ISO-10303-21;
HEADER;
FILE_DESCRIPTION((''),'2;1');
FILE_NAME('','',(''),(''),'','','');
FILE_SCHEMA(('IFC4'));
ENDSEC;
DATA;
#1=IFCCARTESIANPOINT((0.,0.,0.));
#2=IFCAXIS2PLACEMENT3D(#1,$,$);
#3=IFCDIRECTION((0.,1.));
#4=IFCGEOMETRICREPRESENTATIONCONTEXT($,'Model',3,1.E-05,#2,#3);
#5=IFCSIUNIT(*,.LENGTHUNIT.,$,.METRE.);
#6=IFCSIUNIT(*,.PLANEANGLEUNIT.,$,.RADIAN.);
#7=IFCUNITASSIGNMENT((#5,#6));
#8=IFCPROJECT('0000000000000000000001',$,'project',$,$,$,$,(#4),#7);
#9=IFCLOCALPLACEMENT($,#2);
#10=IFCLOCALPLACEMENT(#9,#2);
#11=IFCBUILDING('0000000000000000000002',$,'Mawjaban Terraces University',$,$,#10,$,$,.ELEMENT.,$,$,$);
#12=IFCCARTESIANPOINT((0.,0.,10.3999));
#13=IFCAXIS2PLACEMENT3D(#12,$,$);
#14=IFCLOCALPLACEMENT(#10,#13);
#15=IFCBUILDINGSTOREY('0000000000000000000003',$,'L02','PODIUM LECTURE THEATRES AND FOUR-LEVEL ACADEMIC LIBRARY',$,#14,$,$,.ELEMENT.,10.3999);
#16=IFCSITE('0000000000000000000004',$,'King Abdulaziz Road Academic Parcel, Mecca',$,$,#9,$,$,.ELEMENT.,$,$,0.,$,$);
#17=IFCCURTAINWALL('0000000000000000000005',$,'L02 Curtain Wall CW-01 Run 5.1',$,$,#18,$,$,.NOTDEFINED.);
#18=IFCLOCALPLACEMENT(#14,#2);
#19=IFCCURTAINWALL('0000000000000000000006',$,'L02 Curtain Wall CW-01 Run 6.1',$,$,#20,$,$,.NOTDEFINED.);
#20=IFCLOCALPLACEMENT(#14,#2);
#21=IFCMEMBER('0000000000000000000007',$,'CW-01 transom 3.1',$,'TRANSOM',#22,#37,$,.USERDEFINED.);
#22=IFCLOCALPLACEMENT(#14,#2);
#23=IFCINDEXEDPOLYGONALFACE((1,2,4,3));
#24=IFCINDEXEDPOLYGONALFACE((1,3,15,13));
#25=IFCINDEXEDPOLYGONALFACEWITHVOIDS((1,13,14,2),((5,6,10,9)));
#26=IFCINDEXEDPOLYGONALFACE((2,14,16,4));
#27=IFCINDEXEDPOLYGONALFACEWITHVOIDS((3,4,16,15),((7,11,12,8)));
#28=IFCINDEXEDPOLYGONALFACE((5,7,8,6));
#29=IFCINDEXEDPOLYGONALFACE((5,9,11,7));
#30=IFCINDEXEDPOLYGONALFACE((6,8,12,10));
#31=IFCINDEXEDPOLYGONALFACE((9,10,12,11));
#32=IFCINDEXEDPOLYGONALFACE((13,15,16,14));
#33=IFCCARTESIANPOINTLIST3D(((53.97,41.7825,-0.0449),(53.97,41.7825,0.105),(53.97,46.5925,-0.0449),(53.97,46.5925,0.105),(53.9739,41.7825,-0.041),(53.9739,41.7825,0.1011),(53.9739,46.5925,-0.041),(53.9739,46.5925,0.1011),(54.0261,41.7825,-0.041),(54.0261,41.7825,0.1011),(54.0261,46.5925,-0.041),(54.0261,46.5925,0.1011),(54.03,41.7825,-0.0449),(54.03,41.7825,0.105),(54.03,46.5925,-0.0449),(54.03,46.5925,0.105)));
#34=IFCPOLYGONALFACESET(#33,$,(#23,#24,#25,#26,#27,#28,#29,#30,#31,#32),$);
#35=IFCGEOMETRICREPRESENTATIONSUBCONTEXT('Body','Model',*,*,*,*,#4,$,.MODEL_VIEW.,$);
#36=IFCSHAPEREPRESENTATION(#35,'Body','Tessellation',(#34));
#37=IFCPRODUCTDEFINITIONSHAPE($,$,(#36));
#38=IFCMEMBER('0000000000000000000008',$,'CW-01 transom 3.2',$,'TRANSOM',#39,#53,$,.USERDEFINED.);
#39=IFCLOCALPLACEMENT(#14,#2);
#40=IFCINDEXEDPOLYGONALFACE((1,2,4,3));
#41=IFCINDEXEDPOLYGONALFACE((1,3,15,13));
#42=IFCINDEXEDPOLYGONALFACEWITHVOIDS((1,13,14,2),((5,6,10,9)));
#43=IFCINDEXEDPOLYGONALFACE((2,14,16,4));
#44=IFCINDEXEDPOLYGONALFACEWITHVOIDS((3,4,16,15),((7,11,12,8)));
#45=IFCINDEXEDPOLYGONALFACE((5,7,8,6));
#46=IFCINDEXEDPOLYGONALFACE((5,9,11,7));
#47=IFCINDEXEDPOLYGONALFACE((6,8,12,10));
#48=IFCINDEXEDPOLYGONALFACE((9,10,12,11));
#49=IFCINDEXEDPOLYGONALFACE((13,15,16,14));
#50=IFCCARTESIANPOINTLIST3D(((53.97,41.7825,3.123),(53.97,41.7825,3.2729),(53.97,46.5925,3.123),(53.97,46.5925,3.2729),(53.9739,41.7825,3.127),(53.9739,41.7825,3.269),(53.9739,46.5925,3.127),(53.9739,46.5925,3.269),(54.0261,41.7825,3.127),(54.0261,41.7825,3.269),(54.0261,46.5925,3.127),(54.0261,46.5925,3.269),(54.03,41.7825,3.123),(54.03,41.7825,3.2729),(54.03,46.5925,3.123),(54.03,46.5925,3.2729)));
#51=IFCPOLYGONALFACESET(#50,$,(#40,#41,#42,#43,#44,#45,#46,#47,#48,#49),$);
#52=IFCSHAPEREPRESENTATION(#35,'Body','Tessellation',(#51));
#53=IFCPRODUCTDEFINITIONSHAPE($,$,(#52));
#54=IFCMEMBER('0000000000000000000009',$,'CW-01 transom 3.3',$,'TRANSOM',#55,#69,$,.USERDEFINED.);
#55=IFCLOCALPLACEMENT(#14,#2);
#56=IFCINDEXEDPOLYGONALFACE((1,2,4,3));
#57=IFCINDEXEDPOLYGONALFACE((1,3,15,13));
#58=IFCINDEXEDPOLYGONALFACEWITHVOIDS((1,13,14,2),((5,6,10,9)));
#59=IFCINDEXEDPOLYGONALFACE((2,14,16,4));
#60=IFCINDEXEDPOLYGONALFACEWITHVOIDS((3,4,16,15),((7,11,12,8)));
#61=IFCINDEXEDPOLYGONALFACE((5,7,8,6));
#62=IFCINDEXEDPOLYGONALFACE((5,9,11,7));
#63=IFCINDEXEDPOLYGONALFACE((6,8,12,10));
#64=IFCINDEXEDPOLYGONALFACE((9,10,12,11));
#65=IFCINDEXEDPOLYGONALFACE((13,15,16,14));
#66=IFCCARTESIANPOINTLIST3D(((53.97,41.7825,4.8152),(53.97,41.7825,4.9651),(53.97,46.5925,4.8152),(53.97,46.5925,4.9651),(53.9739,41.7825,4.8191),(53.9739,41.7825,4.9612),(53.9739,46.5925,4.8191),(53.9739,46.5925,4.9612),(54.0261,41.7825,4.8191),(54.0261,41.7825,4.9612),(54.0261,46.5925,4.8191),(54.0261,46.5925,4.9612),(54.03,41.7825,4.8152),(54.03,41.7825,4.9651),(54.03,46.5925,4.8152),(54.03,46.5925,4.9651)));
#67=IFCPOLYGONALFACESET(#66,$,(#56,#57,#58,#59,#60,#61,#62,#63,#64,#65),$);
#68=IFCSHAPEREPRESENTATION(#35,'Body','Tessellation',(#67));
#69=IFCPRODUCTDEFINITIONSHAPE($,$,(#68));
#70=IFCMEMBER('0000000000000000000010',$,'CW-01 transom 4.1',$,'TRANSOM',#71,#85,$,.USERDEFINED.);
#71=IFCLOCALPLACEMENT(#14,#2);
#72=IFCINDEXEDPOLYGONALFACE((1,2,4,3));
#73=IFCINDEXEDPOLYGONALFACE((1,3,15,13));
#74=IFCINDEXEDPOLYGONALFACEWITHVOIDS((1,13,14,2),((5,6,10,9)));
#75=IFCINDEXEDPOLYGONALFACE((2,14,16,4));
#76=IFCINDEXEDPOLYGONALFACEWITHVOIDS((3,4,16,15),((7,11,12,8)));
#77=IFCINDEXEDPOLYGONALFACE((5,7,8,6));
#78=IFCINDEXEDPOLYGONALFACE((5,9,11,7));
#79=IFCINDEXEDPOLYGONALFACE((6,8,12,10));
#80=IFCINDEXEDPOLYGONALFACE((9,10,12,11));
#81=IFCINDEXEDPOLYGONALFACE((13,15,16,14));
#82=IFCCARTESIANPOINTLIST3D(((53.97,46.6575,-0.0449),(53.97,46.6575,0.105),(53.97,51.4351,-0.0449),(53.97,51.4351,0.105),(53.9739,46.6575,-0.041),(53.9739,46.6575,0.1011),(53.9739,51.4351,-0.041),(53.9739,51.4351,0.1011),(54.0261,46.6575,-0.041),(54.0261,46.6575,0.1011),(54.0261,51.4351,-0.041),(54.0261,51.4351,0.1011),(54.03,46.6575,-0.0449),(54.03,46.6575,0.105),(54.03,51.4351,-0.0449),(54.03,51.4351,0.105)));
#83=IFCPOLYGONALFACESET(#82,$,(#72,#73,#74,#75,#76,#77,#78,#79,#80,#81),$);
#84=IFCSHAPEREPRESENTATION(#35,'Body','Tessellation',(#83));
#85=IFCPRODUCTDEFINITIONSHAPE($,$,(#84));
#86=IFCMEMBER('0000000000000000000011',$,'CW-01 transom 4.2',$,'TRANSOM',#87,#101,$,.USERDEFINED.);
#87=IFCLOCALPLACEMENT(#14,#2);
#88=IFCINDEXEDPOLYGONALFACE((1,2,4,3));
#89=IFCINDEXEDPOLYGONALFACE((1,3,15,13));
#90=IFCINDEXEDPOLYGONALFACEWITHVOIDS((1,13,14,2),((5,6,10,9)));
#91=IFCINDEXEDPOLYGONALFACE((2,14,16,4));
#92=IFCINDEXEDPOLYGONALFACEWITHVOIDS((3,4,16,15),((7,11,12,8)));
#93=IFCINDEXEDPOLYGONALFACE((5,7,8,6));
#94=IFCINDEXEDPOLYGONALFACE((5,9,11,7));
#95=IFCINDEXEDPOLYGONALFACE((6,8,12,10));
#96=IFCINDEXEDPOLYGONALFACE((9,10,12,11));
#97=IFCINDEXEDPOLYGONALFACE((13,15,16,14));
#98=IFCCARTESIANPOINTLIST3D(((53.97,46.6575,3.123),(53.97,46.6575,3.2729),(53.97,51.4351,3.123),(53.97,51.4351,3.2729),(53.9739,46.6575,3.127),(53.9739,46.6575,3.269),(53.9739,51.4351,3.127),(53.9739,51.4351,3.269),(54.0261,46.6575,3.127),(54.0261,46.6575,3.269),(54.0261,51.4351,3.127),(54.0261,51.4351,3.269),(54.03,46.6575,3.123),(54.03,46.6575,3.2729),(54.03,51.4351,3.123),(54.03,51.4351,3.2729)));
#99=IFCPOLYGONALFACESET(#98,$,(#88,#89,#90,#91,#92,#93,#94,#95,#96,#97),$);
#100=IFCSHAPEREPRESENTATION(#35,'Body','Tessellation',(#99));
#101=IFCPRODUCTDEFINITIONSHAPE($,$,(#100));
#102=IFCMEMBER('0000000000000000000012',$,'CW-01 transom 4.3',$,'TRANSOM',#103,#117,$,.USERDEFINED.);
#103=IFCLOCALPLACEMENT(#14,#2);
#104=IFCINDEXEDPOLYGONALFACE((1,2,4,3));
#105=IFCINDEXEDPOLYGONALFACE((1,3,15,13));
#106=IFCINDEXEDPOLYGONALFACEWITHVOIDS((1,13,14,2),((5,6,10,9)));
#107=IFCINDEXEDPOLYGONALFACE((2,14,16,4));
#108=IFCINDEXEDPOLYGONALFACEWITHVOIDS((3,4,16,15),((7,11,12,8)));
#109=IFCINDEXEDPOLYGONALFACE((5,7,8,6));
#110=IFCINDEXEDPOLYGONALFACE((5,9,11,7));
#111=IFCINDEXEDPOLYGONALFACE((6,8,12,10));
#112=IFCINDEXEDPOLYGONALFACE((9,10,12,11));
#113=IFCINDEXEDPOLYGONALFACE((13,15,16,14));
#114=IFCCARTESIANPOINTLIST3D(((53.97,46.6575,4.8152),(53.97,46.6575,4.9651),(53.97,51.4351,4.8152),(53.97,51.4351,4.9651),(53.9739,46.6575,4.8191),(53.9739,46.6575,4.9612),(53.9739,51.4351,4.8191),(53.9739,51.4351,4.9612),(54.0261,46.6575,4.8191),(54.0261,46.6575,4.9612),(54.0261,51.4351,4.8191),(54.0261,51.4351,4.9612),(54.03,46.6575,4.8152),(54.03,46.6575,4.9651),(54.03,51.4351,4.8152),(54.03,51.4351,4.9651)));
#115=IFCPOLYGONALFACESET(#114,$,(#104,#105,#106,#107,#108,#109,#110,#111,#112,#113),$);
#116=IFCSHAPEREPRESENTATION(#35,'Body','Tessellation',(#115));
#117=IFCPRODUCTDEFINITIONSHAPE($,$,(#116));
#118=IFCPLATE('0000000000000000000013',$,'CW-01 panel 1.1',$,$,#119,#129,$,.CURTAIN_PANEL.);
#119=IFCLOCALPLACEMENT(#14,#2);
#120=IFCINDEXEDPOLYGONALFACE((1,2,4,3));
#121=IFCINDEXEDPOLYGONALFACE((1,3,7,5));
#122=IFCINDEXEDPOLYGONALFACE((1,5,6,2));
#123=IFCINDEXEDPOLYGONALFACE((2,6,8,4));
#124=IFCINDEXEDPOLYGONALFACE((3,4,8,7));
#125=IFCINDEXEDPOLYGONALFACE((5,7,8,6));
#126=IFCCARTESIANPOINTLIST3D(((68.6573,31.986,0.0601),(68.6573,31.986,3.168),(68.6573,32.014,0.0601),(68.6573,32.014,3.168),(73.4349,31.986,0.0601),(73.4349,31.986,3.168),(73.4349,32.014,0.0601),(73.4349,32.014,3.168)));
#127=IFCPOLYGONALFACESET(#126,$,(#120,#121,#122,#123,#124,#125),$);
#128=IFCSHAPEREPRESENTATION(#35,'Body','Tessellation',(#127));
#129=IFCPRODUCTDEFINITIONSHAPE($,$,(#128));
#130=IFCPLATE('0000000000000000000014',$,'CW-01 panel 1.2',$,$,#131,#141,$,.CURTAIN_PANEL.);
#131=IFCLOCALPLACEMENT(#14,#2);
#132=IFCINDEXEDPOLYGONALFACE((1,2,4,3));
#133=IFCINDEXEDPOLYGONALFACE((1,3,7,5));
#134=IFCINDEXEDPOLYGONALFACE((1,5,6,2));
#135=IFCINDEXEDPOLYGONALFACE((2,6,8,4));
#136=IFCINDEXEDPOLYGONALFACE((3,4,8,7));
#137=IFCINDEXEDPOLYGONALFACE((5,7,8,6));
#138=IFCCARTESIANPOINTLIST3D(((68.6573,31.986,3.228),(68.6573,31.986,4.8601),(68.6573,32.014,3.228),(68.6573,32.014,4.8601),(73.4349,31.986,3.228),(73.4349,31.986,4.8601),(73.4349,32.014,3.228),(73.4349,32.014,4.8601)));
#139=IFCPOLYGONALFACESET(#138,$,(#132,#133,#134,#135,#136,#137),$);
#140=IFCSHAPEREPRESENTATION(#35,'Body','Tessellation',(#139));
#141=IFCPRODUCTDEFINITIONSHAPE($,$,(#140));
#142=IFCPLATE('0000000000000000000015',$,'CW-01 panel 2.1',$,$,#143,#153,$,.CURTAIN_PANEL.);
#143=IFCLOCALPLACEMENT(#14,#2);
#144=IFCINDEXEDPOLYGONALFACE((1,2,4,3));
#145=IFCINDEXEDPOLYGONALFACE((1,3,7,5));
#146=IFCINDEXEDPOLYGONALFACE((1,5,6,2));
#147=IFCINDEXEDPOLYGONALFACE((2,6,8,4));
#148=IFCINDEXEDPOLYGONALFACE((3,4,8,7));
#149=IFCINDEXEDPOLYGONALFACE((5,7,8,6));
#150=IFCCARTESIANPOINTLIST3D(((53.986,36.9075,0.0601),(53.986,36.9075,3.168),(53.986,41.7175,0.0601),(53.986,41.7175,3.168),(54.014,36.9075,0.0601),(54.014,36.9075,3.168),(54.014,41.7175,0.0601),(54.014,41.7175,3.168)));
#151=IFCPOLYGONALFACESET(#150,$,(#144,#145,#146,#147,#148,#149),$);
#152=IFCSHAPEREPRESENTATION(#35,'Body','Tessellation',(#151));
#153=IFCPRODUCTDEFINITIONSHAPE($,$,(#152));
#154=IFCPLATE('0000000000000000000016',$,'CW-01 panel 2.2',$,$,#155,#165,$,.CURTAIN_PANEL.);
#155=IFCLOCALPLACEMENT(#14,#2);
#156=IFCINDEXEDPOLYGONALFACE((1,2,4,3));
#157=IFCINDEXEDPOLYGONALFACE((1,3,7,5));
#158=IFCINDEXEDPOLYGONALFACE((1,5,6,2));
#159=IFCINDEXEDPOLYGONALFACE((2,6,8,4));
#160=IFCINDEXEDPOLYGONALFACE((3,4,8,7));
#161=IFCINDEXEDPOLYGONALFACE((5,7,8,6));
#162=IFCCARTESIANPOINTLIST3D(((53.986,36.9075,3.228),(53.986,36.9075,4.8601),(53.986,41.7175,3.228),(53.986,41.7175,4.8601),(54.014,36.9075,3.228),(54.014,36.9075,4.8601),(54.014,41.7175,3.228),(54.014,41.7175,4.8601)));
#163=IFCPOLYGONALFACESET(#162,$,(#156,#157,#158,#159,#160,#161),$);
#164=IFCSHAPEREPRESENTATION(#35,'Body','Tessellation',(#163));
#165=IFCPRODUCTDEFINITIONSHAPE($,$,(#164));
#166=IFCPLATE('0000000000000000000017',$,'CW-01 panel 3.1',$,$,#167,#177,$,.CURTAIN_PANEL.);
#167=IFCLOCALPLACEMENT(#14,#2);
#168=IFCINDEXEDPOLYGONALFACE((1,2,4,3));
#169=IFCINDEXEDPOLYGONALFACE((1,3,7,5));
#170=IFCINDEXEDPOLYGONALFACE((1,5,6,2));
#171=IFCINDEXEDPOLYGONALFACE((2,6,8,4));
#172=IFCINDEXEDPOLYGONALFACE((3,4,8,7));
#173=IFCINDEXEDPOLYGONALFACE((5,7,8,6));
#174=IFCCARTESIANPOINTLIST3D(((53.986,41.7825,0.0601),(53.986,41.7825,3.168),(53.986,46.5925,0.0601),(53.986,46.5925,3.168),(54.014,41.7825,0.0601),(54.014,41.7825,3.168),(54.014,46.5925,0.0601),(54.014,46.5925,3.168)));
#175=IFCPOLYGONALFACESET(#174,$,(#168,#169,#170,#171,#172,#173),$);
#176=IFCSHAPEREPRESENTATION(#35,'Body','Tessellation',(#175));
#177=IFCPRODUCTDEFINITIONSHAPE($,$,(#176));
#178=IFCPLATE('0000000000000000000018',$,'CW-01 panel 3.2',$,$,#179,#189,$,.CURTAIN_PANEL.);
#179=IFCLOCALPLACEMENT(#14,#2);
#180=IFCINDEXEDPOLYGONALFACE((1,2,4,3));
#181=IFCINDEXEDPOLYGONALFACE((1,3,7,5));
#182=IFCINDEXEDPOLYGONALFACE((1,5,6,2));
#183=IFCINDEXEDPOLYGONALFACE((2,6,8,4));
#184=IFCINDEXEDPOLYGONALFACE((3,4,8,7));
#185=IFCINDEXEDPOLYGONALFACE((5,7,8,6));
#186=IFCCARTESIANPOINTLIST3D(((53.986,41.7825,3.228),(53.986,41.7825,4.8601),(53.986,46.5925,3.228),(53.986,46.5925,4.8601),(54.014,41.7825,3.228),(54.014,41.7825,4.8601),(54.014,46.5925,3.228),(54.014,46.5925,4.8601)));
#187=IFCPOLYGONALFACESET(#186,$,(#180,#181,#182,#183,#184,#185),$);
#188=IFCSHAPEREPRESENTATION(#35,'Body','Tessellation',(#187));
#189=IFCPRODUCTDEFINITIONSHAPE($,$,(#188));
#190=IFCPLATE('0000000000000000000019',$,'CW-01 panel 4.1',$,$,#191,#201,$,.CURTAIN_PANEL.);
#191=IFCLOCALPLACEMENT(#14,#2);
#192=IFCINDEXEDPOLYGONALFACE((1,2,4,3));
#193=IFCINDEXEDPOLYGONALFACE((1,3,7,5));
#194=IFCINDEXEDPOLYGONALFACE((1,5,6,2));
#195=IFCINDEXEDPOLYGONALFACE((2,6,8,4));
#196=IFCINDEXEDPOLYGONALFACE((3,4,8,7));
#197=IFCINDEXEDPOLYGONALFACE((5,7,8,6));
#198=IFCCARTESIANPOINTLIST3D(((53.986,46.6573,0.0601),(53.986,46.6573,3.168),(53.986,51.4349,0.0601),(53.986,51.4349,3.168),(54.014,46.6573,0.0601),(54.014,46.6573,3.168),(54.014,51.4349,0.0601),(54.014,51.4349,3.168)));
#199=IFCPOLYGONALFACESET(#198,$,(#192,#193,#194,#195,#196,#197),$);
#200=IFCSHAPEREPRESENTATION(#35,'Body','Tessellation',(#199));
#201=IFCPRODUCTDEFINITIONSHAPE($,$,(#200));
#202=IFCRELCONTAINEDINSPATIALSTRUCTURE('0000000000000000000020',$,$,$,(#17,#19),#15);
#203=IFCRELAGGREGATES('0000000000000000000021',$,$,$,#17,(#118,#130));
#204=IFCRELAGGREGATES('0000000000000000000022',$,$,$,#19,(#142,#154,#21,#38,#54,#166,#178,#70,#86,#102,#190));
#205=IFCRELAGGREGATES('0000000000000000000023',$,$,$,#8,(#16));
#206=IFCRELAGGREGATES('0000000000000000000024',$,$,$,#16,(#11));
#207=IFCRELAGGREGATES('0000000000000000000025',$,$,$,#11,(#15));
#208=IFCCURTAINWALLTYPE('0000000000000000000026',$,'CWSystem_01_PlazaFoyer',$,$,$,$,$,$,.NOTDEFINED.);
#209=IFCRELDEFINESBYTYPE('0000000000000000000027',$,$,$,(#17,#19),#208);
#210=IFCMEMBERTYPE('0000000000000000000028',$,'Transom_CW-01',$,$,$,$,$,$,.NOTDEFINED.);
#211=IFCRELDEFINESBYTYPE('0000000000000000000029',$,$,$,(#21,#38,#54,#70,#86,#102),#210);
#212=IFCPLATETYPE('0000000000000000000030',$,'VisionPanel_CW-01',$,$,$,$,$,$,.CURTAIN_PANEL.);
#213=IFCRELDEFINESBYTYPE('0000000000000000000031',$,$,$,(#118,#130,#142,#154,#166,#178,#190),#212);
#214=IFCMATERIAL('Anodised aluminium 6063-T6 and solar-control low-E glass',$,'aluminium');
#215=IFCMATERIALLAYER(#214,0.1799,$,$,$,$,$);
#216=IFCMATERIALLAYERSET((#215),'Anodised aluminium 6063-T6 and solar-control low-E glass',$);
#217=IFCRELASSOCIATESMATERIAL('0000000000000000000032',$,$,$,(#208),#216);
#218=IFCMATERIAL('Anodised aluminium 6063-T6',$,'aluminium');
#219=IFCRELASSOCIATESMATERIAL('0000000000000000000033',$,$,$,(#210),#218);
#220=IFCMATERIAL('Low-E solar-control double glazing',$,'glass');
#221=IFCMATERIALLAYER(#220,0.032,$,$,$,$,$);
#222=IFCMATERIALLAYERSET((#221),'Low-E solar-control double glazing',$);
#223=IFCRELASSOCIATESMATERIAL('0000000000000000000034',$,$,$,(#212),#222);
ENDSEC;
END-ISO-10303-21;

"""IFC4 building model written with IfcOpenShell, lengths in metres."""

from ifc_helpers import new_model, si_unit, direction, frame, origin, origin_2d, place, context, subcontext, project, spatial, rectangle, hollow_rectangle, extrude, material, layer, layer_set, material_profile, profile_set, type_object, element, aggregate, save


model = new_model("IFC4")

# Units and contexts
model_context = context("Model", 3, precision=1e-05, world=origin(), true_north=direction((0.0, 1.0)))
body_context = subcontext(model_context, "Body", "Model", "MODEL_VIEW")
ifc_project = project(units=[si_unit("LENGTHUNIT", "METRE"), si_unit("PLANEANGLEUNIT", "RADIAN")], contexts=[model_context])

# Site, building, storey
site_placement = place(None, origin())
site = spatial("IfcSite", under=ifc_project, at=site_placement, Name="King Abdulaziz Road Academic Parcel, Mecca", CompositionType="ELEMENT", RefElevation=0.0)
building_placement = place(site_placement, origin())
building = spatial("IfcBuilding", under=site, at=building_placement, Name="Mawjaban Terraces University", CompositionType="ELEMENT")
storey_placement = place(building_placement, frame((0.0, 0.0, 10.3999)))
storey = spatial("IfcBuildingStorey", under=building, at=storey_placement, Name="L02", Description="PODIUM LECTURE THEATRES AND FOUR-LEVEL ACADEMIC LIBRARY", CompositionType="ELEMENT", Elevation=10.3999)

# Curtain walls
ifc_material_1 = material(Name="Anodised aluminium 6063-T6 and solar-control low-E glass", Category="aluminium")
ifc_layer_1 = layer(ifc_material_1, 0.1799)
ifc_layer_set_1 = layer_set([ifc_layer_1], Name="Anodised aluminium 6063-T6 and solar-control low-E glass")
curtain_wall_type = type_object("IfcCurtainWallType", Name="CWSystem_01_PlazaFoyer", PredefinedType="NOTDEFINED", material=ifc_layer_set_1)
curtain_wall_1_placement = place(storey_placement, origin())
curtain_wall_1 = element("IfcCurtainWall", 1, at=curtain_wall_1_placement, inside=storey, type_object=curtain_wall_type, Name="L02 Curtain Wall CW-01 Run 5.1", PredefinedType="NOTDEFINED")
ifc_material_2 = material(Name="Anodised aluminium 6063-T6", Category="aluminium")
curtain_wall_2_placement = place(storey_placement, origin())
curtain_wall_2 = element("IfcCurtainWall", 2, at=curtain_wall_2_placement, inside=storey, type_object=curtain_wall_type, Name="L02 Curtain Wall CW-01 Run 6.1", PredefinedType="NOTDEFINED")

# Members
ifc_material_profile_1 = material_profile(ifc_material_2, hollow_rectangle(XDim=0.0601, YDim=0.1499, WallThickness=0.0039, at=origin_2d()), Name="ALU150X60X4")
ifc_profile_set_1 = profile_set([ifc_material_profile_1], Name="Anodised aluminium 6063-T6")
member_type_1 = type_object("IfcMemberType", Name="Transom_CW-01", PredefinedType="NOTDEFINED", material=ifc_profile_set_1)
member_1_placement = place(storey_placement, frame((54.0, 41.7825, 0.03), z_axis=(0.0, 1.0, 0.0), x_axis=(-1.0, 0.0, 0.0)))
member_1 = element("IfcMember", 3, at=member_1_placement, type_object=member_type_1, Name="CW-01 transom 3.1", ObjectType="TRANSOM", PredefinedType="USERDEFINED", context=body_context, shape_type="SweptSolid", body=[
    extrude(hollow_rectangle(XDim=0.0601, YDim=0.1499, WallThickness=0.0039, at=origin_2d()), origin(), (0.0, 0.0, 1.0), 4.8101),
])
member_2_placement = place(storey_placement, frame((54.0, 41.7825, 3.198), z_axis=(0.0, 1.0, 0.0), x_axis=(-1.0, 0.0, 0.0)))
member_2 = element("IfcMember", 4, at=member_2_placement, type_object=member_type_1, Name="CW-01 transom 3.2", ObjectType="TRANSOM", PredefinedType="USERDEFINED", context=body_context, shape_type="SweptSolid", body=[
    extrude(hollow_rectangle(XDim=0.0601, YDim=0.1499, WallThickness=0.0039, at=origin_2d()), origin(), (0.0, 0.0, 1.0), 4.8101),
])
member_3_placement = place(storey_placement, frame((54.0, 41.7825, 4.8901), z_axis=(0.0, 1.0, 0.0), x_axis=(-1.0, 0.0, 0.0)))
member_3 = element("IfcMember", 5, at=member_3_placement, type_object=member_type_1, Name="CW-01 transom 3.3", ObjectType="TRANSOM", PredefinedType="USERDEFINED", context=body_context, shape_type="SweptSolid", body=[
    extrude(hollow_rectangle(XDim=0.0601, YDim=0.1499, WallThickness=0.0039, at=origin_2d()), origin(), (0.0, 0.0, 1.0), 4.8101),
])
member_4_placement = place(storey_placement, frame((54.0, 46.6575, 0.03), z_axis=(0.0, 1.0, 0.0), x_axis=(-1.0, 0.0, 0.0)))
member_4 = element("IfcMember", 6, at=member_4_placement, type_object=member_type_1, Name="CW-01 transom 4.1", ObjectType="TRANSOM", PredefinedType="USERDEFINED", context=body_context, shape_type="SweptSolid", body=[
    extrude(hollow_rectangle(XDim=0.0601, YDim=0.1499, WallThickness=0.0039, at=origin_2d()), origin(), (0.0, 0.0, 1.0), 4.7776),
])
member_5_placement = place(storey_placement, frame((54.0, 46.6575, 3.198), z_axis=(0.0, 1.0, 0.0), x_axis=(-1.0, 0.0, 0.0)))
member_5 = element("IfcMember", 7, at=member_5_placement, type_object=member_type_1, Name="CW-01 transom 4.2", ObjectType="TRANSOM", PredefinedType="USERDEFINED", context=body_context, shape_type="SweptSolid", body=[
    extrude(hollow_rectangle(XDim=0.0601, YDim=0.1499, WallThickness=0.0039, at=origin_2d()), origin(), (0.0, 0.0, 1.0), 4.7776),
])
member_6_placement = place(storey_placement, frame((54.0, 46.6575, 4.8901), z_axis=(0.0, 1.0, 0.0), x_axis=(-1.0, 0.0, 0.0)))
member_6 = element("IfcMember", 8, at=member_6_placement, type_object=member_type_1, Name="CW-01 transom 4.3", ObjectType="TRANSOM", PredefinedType="USERDEFINED", context=body_context, shape_type="SweptSolid", body=[
    extrude(hollow_rectangle(XDim=0.0601, YDim=0.1499, WallThickness=0.0039, at=origin_2d()), origin(), (0.0, 0.0, 1.0), 4.7776),
])

# Plates
ifc_material_3 = material(Name="Low-E solar-control double glazing", Category="glass")
ifc_layer_2 = layer(ifc_material_3, 0.032)
ifc_layer_set_2 = layer_set([ifc_layer_2], Name="Low-E solar-control double glazing")
plate_type = type_object("IfcPlateType", Name="VisionPanel_CW-01", PredefinedType="CURTAIN_PANEL", material=ifc_layer_set_2)
plate_1_placement = place(storey_placement, frame((71.0461, 32.0, 0.0601), z_axis=(0.0, 0.0, 1.0), x_axis=(-1.0, 0.0, 0.0)))
plate_1 = element("IfcPlate", 9, at=plate_1_placement, type_object=plate_type, Name="CW-01 panel 1.1", PredefinedType="CURTAIN_PANEL", context=body_context, shape_type="SweptSolid", body=[
    extrude(rectangle(XDim=4.7776, YDim=0.0281, at=origin_2d()), origin(), (0.0, 0.0, 1.0), 3.1079),
])
plate_2_placement = place(storey_placement, frame((71.0461, 32.0, 3.228), z_axis=(0.0, 0.0, 1.0), x_axis=(-1.0, 0.0, 0.0)))
plate_2 = element("IfcPlate", 10, at=plate_2_placement, type_object=plate_type, Name="CW-01 panel 1.2", PredefinedType="CURTAIN_PANEL", context=body_context, shape_type="SweptSolid", body=[
    extrude(rectangle(XDim=4.7776, YDim=0.0281, at=origin_2d()), origin(), (0.0, 0.0, 1.0), 1.6321),
])
aggregate(curtain_wall_1, [plate_1, plate_2])
plate_3_placement = place(storey_placement, frame((54.0, 39.3125, 0.0601), z_axis=(0.0, 0.0, 1.0), x_axis=(0.0, 1.0, 0.0)))
plate_3 = element("IfcPlate", 11, at=plate_3_placement, type_object=plate_type, Name="CW-01 panel 2.1", PredefinedType="CURTAIN_PANEL", context=body_context, shape_type="SweptSolid", body=[
    extrude(rectangle(XDim=4.8101, YDim=0.0281, at=origin_2d()), origin(), (0.0, 0.0, 1.0), 3.1079),
])
plate_4_placement = place(storey_placement, frame((54.0, 39.3125, 3.228), z_axis=(0.0, 0.0, 1.0), x_axis=(0.0, 1.0, 0.0)))
plate_4 = element("IfcPlate", 12, at=plate_4_placement, type_object=plate_type, Name="CW-01 panel 2.2", PredefinedType="CURTAIN_PANEL", context=body_context, shape_type="SweptSolid", body=[
    extrude(rectangle(XDim=4.8101, YDim=0.0281, at=origin_2d()), origin(), (0.0, 0.0, 1.0), 1.6321),
])
plate_5_placement = place(storey_placement, frame((54.0, 44.1875, 0.0601), z_axis=(0.0, 0.0, 1.0), x_axis=(0.0, 1.0, 0.0)))
plate_5 = element("IfcPlate", 13, at=plate_5_placement, type_object=plate_type, Name="CW-01 panel 3.1", PredefinedType="CURTAIN_PANEL", context=body_context, shape_type="SweptSolid", body=[
    extrude(rectangle(XDim=4.8101, YDim=0.0281, at=origin_2d()), origin(), (0.0, 0.0, 1.0), 3.1079),
])
plate_6_placement = place(storey_placement, frame((54.0, 44.1875, 3.228), z_axis=(0.0, 0.0, 1.0), x_axis=(0.0, 1.0, 0.0)))
plate_6 = element("IfcPlate", 14, at=plate_6_placement, type_object=plate_type, Name="CW-01 panel 3.2", PredefinedType="CURTAIN_PANEL", context=body_context, shape_type="SweptSolid", body=[
    extrude(rectangle(XDim=4.8101, YDim=0.0281, at=origin_2d()), origin(), (0.0, 0.0, 1.0), 1.6321),
])
plate_7_placement = place(storey_placement, frame((54.0, 49.0461, 0.0601), z_axis=(0.0, 0.0, 1.0), x_axis=(0.0, 1.0, 0.0)))
plate_7 = element("IfcPlate", 15, at=plate_7_placement, type_object=plate_type, Name="CW-01 panel 4.1", PredefinedType="CURTAIN_PANEL", context=body_context, shape_type="SweptSolid", body=[
    extrude(rectangle(XDim=4.7776, YDim=0.0281, at=origin_2d()), origin(), (0.0, 0.0, 1.0), 3.1079),
])
aggregate(curtain_wall_2, [plate_3, plate_4, member_1, member_2, member_3, plate_5, plate_6, member_4, member_5, member_6, plate_7])

save(model, "model.ifc")
